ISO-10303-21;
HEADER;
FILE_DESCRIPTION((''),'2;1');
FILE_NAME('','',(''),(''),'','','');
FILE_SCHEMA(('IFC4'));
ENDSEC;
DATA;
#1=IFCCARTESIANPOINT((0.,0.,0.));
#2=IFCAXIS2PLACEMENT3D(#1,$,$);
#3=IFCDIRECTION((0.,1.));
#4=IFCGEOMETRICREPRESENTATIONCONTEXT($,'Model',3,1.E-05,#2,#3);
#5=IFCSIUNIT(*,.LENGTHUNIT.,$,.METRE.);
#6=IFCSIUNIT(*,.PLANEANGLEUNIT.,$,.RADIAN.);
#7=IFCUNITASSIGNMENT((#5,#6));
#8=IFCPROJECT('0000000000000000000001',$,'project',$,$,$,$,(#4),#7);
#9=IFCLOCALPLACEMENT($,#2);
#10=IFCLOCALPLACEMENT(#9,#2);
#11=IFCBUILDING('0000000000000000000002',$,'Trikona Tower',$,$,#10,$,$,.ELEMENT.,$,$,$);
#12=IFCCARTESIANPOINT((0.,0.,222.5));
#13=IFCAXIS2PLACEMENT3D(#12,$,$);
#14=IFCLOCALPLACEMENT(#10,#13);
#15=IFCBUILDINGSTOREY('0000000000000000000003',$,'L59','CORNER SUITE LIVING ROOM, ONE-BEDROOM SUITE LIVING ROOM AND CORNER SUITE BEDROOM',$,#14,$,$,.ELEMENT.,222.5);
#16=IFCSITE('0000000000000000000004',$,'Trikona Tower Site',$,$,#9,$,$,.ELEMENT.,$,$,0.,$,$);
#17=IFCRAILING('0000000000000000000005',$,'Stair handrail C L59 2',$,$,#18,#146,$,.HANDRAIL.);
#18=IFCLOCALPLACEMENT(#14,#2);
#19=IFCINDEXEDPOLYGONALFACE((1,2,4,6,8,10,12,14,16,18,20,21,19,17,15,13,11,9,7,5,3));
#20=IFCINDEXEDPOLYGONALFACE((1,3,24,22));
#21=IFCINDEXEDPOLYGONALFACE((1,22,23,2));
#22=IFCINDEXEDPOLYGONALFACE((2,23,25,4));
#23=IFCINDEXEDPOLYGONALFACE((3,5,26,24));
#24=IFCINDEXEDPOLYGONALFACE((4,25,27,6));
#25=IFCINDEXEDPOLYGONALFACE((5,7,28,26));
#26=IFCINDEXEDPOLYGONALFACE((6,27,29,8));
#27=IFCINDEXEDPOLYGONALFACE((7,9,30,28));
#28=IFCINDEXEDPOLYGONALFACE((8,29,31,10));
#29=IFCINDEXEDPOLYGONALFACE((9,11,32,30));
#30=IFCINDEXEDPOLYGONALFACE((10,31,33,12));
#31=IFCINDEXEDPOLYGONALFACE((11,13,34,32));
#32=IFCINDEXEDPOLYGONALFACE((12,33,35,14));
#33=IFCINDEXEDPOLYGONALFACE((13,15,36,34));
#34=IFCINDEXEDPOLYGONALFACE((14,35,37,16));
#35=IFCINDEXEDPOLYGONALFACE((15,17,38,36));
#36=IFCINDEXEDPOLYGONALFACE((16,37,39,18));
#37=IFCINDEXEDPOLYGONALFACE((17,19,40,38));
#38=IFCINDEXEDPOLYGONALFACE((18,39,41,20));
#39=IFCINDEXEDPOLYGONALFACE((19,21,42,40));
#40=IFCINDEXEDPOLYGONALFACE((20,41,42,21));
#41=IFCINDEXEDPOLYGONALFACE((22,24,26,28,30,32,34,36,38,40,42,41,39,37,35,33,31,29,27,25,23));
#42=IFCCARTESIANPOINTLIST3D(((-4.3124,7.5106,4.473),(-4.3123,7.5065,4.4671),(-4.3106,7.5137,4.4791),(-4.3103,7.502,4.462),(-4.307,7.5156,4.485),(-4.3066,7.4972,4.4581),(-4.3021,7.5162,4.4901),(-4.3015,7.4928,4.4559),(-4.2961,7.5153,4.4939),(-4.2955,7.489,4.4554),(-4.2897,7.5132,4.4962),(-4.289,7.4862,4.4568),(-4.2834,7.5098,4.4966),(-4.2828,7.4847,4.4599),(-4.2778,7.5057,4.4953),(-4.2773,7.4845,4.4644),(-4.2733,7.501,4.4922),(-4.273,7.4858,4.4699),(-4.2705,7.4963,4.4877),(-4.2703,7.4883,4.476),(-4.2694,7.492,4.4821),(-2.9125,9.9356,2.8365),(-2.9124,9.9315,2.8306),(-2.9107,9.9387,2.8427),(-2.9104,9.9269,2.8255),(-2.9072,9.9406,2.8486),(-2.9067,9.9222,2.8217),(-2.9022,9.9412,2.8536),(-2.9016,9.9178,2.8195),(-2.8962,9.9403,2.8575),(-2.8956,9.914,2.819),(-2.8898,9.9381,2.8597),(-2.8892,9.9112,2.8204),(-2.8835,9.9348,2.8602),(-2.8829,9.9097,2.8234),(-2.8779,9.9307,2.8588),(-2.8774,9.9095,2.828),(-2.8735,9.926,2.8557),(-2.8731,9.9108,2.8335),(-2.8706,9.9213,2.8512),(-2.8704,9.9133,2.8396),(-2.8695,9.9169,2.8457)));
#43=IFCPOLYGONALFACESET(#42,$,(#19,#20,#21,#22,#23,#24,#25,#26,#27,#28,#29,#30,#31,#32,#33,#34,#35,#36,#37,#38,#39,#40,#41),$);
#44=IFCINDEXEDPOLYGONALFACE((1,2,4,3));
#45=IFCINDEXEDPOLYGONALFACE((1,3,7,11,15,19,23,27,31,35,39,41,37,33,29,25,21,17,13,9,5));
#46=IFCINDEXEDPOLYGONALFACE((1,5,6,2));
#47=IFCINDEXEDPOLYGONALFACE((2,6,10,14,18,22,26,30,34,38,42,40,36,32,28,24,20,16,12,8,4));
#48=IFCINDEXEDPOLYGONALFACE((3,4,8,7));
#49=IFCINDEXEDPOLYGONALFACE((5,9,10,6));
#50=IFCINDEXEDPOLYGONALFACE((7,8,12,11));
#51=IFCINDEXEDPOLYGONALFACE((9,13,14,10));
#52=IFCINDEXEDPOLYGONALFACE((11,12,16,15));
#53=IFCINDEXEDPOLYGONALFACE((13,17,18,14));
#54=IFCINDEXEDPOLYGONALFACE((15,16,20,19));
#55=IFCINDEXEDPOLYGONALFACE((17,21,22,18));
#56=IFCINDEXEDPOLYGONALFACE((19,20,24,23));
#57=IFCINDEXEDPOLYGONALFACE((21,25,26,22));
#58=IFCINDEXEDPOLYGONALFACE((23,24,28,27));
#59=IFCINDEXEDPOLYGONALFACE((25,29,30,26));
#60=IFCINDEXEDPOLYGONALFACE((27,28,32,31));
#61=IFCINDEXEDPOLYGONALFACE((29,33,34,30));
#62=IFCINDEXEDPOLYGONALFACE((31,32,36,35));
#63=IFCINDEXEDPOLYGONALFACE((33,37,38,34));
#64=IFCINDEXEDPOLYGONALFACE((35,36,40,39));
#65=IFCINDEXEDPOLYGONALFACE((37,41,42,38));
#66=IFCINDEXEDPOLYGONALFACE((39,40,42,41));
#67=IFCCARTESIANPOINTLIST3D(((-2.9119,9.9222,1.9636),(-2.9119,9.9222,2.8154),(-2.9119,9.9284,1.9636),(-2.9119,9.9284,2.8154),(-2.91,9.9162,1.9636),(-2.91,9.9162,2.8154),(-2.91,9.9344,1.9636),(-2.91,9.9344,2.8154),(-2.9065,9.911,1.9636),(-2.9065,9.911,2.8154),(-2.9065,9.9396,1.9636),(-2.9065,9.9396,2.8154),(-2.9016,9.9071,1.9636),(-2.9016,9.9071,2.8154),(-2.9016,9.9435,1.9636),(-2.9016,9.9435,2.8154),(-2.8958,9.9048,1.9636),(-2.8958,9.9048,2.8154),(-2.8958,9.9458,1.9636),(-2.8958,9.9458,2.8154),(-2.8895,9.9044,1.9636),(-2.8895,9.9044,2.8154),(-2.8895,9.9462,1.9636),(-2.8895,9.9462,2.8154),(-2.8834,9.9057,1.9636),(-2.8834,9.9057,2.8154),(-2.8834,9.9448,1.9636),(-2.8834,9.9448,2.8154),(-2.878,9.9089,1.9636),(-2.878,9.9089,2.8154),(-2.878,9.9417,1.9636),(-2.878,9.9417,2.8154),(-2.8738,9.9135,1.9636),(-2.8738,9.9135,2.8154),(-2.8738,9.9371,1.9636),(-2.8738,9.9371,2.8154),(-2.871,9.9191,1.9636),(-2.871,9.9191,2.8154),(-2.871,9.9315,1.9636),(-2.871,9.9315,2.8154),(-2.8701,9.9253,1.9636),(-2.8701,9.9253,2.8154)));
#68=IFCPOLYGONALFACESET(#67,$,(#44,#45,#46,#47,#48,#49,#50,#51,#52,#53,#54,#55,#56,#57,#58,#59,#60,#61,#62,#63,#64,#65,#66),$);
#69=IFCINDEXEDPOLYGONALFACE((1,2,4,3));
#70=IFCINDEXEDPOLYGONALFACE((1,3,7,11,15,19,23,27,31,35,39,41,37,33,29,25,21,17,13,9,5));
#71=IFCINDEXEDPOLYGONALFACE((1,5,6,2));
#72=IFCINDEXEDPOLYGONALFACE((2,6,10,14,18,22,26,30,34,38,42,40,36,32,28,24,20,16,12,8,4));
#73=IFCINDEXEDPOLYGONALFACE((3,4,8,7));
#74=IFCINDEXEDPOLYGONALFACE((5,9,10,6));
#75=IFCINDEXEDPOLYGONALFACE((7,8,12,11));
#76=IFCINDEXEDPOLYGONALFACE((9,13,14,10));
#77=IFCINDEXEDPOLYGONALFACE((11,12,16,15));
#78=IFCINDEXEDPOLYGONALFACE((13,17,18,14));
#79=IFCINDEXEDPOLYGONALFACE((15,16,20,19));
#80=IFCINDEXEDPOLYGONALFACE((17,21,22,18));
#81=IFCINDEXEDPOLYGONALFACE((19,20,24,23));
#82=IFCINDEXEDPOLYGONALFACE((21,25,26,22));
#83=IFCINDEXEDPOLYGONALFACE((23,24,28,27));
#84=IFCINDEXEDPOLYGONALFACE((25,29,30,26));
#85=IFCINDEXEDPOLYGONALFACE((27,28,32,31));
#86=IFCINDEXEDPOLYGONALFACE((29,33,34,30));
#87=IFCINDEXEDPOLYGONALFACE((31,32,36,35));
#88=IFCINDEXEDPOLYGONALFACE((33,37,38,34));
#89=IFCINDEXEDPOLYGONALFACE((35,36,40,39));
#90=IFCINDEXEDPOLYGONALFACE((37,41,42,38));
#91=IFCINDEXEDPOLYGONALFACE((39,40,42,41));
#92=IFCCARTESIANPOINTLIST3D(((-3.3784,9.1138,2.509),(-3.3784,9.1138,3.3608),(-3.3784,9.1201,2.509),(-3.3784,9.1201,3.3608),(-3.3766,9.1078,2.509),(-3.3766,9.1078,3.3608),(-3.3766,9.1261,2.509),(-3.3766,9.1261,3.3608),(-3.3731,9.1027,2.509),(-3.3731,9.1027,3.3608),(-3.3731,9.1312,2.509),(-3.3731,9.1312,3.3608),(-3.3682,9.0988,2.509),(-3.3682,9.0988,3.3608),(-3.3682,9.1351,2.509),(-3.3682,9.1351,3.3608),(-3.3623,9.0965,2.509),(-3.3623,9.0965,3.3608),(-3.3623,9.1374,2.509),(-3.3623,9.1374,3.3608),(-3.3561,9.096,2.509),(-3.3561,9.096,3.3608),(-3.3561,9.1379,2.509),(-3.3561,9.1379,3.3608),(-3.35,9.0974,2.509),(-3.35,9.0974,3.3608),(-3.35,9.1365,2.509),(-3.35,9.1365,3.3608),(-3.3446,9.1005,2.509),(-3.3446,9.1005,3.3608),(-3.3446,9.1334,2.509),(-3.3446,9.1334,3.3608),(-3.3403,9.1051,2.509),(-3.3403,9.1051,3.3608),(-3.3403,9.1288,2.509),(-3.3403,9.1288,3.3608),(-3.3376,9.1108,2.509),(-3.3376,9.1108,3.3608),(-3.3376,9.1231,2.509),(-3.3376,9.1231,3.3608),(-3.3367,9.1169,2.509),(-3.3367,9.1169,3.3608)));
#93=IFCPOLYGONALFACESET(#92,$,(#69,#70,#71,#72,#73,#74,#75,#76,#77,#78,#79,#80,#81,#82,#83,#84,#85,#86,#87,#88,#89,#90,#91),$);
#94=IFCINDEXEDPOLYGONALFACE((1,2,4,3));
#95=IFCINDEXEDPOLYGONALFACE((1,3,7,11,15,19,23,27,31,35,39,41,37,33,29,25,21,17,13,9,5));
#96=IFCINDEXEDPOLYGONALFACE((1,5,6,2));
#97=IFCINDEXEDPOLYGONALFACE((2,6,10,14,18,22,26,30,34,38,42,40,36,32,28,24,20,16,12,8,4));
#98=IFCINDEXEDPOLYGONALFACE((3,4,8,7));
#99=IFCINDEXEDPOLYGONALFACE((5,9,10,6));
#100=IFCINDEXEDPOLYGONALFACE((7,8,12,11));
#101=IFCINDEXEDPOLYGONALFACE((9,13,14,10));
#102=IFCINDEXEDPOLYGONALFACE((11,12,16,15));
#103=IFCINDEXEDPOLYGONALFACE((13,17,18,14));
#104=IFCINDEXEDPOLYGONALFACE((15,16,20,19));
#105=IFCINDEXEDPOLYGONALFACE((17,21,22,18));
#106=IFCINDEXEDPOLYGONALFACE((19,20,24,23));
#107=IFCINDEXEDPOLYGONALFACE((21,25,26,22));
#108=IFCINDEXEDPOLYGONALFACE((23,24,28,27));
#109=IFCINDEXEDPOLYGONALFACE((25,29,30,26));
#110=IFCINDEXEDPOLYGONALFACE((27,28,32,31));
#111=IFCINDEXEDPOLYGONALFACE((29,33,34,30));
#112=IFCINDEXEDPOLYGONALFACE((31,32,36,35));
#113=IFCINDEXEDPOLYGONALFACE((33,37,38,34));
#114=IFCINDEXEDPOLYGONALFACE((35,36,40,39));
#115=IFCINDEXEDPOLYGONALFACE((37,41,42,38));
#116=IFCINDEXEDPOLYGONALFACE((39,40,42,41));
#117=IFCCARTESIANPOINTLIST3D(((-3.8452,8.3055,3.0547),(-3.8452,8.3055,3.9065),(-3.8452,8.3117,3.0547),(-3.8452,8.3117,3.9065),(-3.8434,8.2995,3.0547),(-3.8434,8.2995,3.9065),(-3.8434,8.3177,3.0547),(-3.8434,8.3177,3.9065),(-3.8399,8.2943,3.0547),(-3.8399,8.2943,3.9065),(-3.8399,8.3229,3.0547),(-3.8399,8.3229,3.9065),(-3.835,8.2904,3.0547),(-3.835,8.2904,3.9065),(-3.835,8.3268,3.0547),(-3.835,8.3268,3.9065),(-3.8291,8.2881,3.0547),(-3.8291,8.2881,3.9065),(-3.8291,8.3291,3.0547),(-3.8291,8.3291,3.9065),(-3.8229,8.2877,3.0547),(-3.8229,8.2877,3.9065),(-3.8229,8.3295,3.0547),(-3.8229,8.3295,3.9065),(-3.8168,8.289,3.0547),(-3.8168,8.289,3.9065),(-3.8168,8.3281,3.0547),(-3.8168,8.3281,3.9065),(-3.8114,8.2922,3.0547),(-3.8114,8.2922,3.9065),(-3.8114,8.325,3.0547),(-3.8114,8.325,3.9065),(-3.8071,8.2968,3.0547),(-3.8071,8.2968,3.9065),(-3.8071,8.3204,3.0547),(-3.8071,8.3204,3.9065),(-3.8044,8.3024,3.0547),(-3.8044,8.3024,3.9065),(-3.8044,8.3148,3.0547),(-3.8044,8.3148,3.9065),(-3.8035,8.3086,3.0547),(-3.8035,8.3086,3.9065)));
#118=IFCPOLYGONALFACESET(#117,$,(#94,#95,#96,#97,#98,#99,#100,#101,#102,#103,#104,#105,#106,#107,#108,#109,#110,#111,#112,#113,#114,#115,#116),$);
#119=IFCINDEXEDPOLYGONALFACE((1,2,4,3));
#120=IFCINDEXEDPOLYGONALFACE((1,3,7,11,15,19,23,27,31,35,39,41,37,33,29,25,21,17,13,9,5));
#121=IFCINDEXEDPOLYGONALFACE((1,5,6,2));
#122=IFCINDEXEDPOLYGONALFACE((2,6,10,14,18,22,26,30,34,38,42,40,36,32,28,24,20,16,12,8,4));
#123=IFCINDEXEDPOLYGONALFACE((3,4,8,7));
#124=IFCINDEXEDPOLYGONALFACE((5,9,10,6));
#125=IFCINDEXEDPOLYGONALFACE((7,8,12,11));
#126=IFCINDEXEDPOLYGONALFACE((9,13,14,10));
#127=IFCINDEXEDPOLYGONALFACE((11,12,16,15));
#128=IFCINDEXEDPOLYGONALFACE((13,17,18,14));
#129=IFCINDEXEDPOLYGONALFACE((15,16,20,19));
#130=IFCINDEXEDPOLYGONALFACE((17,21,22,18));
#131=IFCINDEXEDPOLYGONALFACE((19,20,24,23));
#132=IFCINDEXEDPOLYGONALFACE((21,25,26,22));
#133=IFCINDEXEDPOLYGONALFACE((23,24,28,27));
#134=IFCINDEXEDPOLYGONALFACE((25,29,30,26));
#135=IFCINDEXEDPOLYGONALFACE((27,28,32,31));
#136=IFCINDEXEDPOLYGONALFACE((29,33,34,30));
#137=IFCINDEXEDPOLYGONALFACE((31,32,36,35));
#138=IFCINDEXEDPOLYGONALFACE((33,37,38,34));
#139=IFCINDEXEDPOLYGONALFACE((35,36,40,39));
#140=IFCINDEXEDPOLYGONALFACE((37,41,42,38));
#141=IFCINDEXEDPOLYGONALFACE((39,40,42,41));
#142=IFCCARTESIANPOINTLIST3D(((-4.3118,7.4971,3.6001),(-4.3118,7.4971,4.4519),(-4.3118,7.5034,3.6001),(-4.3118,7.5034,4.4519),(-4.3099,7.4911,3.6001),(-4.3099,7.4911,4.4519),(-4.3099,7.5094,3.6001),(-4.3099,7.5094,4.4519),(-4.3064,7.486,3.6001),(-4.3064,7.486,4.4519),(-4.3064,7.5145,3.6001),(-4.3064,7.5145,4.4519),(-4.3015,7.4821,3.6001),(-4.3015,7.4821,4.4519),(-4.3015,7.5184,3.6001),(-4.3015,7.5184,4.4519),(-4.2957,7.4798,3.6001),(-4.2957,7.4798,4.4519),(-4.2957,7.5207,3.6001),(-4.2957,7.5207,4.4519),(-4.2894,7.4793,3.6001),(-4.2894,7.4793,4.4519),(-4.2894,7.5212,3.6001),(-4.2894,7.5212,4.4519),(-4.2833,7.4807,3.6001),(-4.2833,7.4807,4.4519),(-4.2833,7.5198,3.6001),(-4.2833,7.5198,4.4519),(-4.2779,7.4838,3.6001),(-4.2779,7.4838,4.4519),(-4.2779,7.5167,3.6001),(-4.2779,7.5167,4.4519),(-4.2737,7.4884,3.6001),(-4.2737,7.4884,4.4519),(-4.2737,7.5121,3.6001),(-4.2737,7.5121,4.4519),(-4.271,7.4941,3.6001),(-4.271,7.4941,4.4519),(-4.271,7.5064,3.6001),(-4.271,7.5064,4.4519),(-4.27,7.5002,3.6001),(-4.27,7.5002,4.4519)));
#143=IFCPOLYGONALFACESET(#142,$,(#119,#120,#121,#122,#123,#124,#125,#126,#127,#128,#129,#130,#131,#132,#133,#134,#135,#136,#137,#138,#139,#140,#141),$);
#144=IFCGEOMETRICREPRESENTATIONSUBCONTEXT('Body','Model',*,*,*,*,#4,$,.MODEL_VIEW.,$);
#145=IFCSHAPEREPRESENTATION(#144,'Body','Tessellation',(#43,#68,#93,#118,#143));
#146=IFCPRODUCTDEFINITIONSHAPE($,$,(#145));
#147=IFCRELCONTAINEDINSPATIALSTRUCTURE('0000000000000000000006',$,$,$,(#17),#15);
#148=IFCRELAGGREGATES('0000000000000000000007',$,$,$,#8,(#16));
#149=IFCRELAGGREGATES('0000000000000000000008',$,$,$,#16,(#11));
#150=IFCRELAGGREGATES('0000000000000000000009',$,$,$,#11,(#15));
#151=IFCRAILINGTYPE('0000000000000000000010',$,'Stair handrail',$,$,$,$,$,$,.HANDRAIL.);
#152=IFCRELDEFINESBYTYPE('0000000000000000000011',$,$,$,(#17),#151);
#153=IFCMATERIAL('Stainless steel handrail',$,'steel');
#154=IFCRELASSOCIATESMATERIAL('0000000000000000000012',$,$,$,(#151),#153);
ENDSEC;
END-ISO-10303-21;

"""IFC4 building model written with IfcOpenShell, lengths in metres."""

from ifc_helpers import new_model, si_unit, direction, frame, origin, origin_2d, place, context, subcontext, project, spatial, circle, extrude, material, type_object, element, save


model = new_model("IFC4")

# Units and contexts
model_context = context("Model", 3, precision=1e-05, world=origin(), true_north=direction((0.0, 1.0)))
body_context = subcontext(model_context, "Body", "Model", "MODEL_VIEW")
ifc_project = project(units=[si_unit("LENGTHUNIT", "METRE"), si_unit("PLANEANGLEUNIT", "RADIAN")], contexts=[model_context])

# Site, building, storey
site_placement = place(None, origin())
site = spatial("IfcSite", under=ifc_project, at=site_placement, Name="Trikona Tower Site", CompositionType="ELEMENT", RefElevation=0.0)
building_placement = place(site_placement, origin())
building = spatial("IfcBuilding", under=site, at=building_placement, Name="Trikona Tower", CompositionType="ELEMENT")
storey_placement = place(building_placement, frame((0.0, 0.0, 222.5)))
storey = spatial("IfcBuildingStorey", under=building, at=storey_placement, Name="L59", Description="CORNER SUITE LIVING ROOM, ONE-BEDROOM SUITE LIVING ROOM AND CORNER SUITE BEDROOM", CompositionType="ELEMENT", Elevation=222.5)

# Railing
ifc_material_1 = material(Name="Stainless steel handrail", Category="steel")
railing_type = type_object("IfcRailingType", Name="Stair handrail", PredefinedType="HANDRAIL", material=ifc_material_1)
railing_1_placement = place(storey_placement, frame((-2.8911, 9.9253, 1.9636)))
element("IfcRailing", 1, at=railing_1_placement, inside=storey, type_object=railing_type, Name="Stair handrail C L59 2", PredefinedType="HANDRAIL", context=body_context, shape_type="SweptSolid", body=[
    extrude(circle(Radius=0.0239, at=origin_2d()), frame((0.0, 0.0, 0.876), z_axis=(-0.431636, -0.747723, 0.504579), x_axis=(0.866056, -0.499946, 0.0)), (0.0, 0.0, 1.0), 3.2432),
    extrude(circle(Radius=0.021, at=origin_2d()), origin(), (0.0, 0.0, 1.0), 0.8518),
    extrude(circle(Radius=0.021, at=origin_2d()), frame((-0.4666, -0.8083, 0.5454)), (0.0, 0.0, 1.0), 0.8518),
    extrude(circle(Radius=0.021, at=origin_2d()), frame((-0.9333, -1.6167, 1.0911)), (0.0, 0.0, 1.0), 0.8518),
    extrude(circle(Radius=0.021, at=origin_2d()), frame((-1.3999, -2.425, 1.6365)), (0.0, 0.0, 1.0), 0.8518),
])

save(model, "model.ifc")
